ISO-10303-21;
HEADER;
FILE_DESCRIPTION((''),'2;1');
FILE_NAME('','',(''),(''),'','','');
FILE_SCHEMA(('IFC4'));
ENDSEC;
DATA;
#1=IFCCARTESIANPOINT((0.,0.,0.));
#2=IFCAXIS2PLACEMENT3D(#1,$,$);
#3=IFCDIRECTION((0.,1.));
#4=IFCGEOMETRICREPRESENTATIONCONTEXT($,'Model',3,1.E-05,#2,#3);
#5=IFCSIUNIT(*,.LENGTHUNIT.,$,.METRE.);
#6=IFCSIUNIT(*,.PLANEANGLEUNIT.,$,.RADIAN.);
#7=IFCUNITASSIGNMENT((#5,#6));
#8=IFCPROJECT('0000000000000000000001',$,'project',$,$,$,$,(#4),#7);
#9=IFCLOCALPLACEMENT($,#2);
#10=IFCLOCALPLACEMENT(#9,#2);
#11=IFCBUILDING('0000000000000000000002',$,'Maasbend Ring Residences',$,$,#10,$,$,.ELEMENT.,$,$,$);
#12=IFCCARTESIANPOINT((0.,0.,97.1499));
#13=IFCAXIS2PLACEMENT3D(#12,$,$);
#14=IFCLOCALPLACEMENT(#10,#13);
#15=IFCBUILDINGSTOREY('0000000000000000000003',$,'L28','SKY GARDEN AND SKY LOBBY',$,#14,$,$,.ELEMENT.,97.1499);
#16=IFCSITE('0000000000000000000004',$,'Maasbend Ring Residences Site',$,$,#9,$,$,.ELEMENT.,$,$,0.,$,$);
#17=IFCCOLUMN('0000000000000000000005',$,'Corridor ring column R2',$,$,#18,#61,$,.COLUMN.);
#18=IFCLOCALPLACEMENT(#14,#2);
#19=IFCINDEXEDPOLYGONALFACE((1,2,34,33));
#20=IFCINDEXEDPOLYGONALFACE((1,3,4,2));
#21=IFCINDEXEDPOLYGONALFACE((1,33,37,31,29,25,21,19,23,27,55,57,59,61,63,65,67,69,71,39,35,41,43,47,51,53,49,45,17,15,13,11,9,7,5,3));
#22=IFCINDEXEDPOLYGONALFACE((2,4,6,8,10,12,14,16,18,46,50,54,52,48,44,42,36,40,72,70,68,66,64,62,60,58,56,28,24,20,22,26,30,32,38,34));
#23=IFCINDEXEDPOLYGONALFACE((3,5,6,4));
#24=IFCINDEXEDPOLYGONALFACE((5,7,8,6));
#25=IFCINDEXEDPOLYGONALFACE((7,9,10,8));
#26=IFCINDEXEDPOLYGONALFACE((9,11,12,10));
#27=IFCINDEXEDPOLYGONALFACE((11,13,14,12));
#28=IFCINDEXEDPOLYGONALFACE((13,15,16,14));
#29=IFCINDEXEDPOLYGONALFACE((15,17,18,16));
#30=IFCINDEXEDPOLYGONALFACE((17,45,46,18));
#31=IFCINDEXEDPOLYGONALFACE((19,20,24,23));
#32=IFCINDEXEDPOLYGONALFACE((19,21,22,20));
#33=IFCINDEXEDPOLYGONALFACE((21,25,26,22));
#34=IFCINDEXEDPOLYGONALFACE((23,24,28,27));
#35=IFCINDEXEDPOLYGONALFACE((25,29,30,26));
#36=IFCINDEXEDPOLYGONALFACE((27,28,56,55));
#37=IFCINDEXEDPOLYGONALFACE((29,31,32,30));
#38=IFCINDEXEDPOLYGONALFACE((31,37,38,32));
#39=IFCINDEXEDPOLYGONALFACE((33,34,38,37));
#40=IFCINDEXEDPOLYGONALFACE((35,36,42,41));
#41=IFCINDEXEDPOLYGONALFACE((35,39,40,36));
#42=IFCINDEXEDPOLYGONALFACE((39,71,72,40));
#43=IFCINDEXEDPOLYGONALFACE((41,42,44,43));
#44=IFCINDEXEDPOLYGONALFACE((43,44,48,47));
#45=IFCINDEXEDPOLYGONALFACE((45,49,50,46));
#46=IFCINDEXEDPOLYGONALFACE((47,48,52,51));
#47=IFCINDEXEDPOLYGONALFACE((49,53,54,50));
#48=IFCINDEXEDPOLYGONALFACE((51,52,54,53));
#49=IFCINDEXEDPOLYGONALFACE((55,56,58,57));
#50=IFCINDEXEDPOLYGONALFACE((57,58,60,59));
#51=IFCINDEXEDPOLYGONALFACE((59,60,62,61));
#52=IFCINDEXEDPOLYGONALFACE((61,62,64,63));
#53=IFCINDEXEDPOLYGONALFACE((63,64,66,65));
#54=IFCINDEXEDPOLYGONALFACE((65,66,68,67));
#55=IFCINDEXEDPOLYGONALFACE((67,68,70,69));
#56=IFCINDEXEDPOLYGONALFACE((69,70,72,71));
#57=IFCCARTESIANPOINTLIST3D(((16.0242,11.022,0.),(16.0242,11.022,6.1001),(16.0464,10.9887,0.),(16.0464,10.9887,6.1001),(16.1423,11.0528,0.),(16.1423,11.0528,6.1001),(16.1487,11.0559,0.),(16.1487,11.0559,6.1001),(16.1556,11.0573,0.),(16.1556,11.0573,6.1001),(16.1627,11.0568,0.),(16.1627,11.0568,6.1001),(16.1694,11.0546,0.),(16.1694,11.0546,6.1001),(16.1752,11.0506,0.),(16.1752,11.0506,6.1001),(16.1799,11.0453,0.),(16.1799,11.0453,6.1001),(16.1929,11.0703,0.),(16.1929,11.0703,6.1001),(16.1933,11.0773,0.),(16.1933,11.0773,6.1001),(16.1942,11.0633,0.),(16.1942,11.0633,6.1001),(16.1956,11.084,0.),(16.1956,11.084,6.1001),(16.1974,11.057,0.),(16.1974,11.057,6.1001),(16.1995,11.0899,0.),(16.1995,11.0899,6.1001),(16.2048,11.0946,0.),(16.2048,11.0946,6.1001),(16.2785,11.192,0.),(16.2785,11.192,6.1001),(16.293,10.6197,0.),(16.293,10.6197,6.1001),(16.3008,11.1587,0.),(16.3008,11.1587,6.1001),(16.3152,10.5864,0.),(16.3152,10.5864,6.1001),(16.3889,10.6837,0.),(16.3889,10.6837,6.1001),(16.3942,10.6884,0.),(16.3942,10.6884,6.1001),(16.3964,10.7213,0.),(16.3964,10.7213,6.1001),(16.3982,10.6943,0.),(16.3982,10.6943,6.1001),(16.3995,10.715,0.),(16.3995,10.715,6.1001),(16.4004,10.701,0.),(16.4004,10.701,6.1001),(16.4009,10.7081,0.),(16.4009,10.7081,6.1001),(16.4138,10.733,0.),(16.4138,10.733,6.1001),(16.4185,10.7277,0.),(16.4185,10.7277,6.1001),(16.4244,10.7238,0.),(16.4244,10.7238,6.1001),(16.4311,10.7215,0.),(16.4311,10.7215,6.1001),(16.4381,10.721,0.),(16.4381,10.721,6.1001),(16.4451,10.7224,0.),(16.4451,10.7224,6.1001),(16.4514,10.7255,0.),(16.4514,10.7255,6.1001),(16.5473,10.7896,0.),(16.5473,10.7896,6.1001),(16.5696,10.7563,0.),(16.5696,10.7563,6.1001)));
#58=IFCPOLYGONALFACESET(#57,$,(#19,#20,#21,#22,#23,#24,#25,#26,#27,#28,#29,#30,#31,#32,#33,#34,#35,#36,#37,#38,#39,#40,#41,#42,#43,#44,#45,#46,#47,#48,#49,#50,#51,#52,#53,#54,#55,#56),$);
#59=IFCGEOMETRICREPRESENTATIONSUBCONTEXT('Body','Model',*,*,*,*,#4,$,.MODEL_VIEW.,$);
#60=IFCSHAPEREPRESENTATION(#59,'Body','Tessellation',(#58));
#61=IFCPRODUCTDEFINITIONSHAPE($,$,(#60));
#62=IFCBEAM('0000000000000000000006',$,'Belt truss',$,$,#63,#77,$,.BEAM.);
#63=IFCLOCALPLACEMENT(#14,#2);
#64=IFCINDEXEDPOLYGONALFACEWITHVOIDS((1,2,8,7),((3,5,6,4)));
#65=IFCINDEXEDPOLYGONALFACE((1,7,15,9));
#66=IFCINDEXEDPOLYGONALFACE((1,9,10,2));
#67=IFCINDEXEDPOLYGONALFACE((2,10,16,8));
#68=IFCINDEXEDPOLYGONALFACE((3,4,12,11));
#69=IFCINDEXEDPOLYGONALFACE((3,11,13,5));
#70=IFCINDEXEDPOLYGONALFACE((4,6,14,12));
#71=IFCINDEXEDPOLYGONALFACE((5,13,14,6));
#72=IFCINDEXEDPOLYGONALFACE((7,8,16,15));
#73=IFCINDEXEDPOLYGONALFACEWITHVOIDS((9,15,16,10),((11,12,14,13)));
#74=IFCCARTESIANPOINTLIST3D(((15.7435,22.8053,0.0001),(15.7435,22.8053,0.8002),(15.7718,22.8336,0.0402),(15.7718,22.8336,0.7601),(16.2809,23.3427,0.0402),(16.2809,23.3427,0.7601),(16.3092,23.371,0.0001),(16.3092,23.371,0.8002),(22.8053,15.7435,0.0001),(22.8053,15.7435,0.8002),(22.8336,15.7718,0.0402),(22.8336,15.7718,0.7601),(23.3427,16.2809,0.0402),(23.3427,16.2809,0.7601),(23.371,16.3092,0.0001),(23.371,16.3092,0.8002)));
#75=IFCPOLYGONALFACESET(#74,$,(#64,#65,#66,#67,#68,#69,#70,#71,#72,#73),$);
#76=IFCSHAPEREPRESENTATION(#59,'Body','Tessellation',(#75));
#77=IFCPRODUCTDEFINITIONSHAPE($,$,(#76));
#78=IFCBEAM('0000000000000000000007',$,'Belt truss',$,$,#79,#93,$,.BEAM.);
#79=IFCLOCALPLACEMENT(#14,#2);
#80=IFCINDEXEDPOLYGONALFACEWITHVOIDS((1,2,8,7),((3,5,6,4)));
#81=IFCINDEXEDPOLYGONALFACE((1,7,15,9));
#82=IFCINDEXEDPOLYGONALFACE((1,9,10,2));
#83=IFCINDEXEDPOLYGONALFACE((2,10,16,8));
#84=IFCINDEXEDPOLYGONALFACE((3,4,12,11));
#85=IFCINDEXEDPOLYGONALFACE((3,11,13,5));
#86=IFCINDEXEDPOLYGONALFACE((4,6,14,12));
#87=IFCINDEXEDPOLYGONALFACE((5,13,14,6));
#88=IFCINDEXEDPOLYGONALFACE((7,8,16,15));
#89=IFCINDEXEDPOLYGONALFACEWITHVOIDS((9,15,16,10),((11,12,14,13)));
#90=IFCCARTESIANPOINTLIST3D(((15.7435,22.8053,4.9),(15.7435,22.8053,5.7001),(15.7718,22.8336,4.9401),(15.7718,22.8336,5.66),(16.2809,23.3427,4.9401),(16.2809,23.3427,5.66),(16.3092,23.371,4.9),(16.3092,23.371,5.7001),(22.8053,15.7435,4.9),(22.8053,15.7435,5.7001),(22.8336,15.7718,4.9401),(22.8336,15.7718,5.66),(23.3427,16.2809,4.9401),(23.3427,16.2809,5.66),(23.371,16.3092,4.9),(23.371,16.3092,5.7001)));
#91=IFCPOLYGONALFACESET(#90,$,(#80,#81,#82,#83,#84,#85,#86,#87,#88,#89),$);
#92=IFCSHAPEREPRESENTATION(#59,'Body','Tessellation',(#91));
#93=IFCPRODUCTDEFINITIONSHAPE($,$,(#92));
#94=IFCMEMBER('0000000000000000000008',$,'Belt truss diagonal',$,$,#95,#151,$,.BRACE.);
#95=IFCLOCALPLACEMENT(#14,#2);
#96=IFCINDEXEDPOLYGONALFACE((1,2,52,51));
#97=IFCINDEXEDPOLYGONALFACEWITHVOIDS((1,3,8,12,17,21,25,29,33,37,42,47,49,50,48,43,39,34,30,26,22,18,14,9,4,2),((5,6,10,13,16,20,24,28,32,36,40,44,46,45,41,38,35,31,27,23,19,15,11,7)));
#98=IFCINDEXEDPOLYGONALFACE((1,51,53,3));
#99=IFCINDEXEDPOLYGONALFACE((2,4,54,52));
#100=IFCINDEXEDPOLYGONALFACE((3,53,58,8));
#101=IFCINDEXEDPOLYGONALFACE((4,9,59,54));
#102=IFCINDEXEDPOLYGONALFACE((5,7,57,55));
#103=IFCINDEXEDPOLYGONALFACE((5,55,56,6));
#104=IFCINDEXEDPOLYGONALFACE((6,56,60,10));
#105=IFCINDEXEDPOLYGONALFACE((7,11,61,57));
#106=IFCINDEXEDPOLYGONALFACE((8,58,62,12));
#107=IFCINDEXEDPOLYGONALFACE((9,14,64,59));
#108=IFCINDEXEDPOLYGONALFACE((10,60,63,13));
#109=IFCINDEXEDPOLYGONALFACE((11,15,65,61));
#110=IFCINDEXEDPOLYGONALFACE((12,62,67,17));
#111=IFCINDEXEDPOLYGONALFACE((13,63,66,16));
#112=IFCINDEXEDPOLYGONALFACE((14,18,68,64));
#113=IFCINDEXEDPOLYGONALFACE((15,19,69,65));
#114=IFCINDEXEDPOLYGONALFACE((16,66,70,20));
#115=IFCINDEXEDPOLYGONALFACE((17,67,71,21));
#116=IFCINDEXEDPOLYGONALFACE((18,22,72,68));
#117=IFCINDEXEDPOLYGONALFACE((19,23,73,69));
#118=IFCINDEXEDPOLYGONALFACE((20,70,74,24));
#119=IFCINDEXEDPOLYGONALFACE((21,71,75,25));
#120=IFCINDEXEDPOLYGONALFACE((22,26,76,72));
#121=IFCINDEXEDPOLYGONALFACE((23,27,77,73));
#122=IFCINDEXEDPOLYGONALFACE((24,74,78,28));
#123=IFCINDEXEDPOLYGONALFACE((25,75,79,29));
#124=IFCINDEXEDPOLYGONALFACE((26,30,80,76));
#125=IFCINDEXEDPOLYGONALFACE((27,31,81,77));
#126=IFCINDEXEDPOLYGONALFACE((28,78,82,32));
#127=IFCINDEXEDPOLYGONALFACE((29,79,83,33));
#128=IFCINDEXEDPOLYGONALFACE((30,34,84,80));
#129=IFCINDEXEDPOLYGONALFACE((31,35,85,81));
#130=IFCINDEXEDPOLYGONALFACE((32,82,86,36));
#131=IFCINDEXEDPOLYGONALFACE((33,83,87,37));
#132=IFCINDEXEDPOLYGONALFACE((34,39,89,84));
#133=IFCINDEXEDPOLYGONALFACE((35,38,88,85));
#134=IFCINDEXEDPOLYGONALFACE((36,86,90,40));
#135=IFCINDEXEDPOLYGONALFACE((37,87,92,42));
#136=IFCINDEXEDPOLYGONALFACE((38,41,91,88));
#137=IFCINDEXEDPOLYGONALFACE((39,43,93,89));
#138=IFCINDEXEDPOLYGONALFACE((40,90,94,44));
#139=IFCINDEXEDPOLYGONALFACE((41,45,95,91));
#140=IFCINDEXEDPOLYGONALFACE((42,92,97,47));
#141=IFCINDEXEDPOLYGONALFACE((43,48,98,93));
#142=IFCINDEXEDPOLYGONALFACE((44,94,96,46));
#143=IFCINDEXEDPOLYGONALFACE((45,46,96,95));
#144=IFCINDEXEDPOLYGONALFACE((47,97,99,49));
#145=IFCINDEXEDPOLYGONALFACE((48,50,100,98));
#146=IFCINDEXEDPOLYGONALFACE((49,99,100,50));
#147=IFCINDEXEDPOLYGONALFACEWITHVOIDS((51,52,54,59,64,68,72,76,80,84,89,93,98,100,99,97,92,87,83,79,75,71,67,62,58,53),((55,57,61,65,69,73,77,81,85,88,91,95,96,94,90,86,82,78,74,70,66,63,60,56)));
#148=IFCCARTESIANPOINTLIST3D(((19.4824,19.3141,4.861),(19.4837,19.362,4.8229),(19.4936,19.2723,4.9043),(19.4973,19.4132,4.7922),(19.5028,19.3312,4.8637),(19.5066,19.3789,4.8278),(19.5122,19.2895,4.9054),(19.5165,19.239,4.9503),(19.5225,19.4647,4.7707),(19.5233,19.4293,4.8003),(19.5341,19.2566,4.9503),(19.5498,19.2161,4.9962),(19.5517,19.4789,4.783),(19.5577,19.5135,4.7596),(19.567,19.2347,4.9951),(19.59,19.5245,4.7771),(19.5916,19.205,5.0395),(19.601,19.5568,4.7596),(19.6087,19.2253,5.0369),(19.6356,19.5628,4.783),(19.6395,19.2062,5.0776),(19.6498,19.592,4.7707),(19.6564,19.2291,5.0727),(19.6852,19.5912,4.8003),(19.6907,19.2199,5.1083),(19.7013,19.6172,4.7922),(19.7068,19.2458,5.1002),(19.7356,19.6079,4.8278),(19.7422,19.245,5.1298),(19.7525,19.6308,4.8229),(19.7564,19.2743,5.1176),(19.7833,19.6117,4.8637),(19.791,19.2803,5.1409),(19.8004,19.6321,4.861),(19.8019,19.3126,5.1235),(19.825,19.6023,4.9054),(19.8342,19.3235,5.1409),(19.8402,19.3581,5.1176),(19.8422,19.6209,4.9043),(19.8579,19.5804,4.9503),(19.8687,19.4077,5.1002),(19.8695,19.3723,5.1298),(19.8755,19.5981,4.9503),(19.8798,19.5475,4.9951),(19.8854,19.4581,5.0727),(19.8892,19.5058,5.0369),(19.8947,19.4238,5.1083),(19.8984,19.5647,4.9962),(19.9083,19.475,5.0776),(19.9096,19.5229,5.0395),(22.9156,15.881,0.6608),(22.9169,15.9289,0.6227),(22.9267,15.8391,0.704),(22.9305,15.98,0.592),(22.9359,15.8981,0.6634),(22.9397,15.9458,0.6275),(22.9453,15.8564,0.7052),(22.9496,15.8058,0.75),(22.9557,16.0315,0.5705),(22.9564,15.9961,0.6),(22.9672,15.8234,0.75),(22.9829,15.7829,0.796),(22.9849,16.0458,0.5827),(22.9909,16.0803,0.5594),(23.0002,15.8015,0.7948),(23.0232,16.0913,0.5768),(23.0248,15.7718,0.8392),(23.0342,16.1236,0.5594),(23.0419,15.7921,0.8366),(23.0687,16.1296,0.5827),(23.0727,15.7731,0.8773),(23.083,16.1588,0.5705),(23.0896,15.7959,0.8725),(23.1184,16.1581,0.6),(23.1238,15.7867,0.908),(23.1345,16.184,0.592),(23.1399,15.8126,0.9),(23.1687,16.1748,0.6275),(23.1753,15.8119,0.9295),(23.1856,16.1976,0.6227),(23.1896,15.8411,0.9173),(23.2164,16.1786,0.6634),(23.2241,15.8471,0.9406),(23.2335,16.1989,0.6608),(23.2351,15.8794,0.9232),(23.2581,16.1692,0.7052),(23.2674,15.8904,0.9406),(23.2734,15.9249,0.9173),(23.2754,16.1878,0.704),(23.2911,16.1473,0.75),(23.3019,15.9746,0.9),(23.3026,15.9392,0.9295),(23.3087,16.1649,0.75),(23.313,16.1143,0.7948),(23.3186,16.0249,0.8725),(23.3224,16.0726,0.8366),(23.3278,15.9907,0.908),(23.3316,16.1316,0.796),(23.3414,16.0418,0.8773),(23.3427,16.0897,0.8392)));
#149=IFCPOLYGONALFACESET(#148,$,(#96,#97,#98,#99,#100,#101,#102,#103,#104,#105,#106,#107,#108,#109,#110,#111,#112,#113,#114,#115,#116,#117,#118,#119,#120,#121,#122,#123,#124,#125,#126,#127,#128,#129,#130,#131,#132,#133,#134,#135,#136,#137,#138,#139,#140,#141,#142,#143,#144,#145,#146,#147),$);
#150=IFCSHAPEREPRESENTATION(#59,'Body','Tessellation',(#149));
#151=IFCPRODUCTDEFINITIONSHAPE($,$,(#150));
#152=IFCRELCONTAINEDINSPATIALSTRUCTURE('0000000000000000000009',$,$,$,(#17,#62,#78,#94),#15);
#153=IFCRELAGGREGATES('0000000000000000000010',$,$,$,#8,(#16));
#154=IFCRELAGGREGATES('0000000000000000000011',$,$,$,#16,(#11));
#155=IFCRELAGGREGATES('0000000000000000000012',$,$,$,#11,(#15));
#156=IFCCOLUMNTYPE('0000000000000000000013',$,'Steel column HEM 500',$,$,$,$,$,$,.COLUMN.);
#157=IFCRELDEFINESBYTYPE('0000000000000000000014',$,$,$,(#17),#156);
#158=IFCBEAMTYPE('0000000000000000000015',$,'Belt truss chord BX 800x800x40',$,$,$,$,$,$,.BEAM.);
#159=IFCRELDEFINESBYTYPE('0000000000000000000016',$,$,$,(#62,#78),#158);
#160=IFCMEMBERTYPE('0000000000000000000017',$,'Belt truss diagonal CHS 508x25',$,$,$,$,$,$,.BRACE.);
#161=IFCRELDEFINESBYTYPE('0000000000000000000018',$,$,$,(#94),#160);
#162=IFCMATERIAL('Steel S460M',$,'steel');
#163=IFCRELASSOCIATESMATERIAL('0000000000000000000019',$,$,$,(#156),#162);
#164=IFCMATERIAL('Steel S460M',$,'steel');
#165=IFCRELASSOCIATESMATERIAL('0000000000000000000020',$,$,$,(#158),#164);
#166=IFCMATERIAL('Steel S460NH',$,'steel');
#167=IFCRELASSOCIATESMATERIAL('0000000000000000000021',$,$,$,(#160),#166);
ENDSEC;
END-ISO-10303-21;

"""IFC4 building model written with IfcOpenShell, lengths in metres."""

from ifc_helpers import new_model, si_unit, direction, frame, origin, origin_2d, place, context, subcontext, project, spatial, hollow_rectangle, hollow_circle, i_section, extrude, material, material_profile, profile_set, type_object, element, save


model = new_model("IFC4")

# Units and contexts
model_context = context("Model", 3, precision=1e-05, world=origin(), true_north=direction((0.0, 1.0)))
body_context = subcontext(model_context, "Body", "Model", "MODEL_VIEW")
ifc_project = project(units=[si_unit("LENGTHUNIT", "METRE"), si_unit("PLANEANGLEUNIT", "RADIAN")], contexts=[model_context])

# Site, building, storey
site_placement = place(None, origin())
site = spatial("IfcSite", under=ifc_project, at=site_placement, Name="Maasbend Ring Residences Site", CompositionType="ELEMENT", RefElevation=0.0)
building_placement = place(site_placement, origin())
building = spatial("IfcBuilding", under=site, at=building_placement, Name="Maasbend Ring Residences", CompositionType="ELEMENT")
storey_placement = place(building_placement, frame((0.0, 0.0, 97.1499)))
storey = spatial("IfcBuildingStorey", under=building, at=storey_placement, Name="L28", Description="SKY GARDEN AND SKY LOBBY", CompositionType="ELEMENT", Elevation=97.1499)

# Column
ifc_material_1 = material(Name="Steel S460M", Category="steel")
ifc_material_profile_1 = material_profile(ifc_material_1, i_section(OverallWidth=0.3059, OverallDepth=0.5239, WebThickness=0.021, FlangeThickness=0.04, FilletRadius=0.0271, at=origin_2d()), Name="HEM 500")
ifc_profile_set_1 = profile_set([ifc_material_profile_1], Name="Steel S460M")
column_type_1 = type_object("IfcColumnType", Name="Steel column HEM 500", PredefinedType="COLUMN", material=ifc_profile_set_1)
column_placement = place(storey_placement, frame((16.2969, 10.8892, 0.0), z_axis=(0.0, 0.0, 1.0), x_axis=(0.83147, 0.55557, 0.0)))
element("IfcColumn", 1, at=column_placement, inside=storey, type_object=column_type_1, Name="Corridor ring column R2", PredefinedType="COLUMN", context=body_context, shape_type="SweptSolid", body=[
    extrude(i_section(OverallWidth=0.3059, OverallDepth=0.5239, WebThickness=0.021, FlangeThickness=0.04, FilletRadius=0.0271, at=origin_2d()), origin(), (0.0, 0.0, 1.0), 6.1001),
])

# Beams
ifc_material_2 = material(Name="Steel S460M", Category="steel")
ifc_material_profile_2 = material_profile(ifc_material_2, hollow_rectangle(XDim=0.8, YDim=0.8, WallThickness=0.04, at=origin_2d()), Name="Belt truss chord BX 800x800x40")
ifc_profile_set_2 = profile_set([ifc_material_profile_2], Name="Steel S460M")
beam_type_1 = type_object("IfcBeamType", Name="Belt truss chord BX 800x800x40", PredefinedType="BEAM", material=ifc_profile_set_2)
for number, where, z_axis, x_axis, name in (
    (2, (23.0881, 16.0264, 0.4001), (-0.707107, 0.707107, 0.0), (-0.707107, -0.707107, 0.0), "Belt truss"),
    (3, (23.0881, 16.0264, 5.3), (-0.707107, 0.707107, 0.0), (-0.707107, -0.707107, 0.0), "Belt truss"),
):
    element("IfcBeam", number, at=place(storey_placement, frame(where, z_axis=z_axis, x_axis=x_axis)), inside=storey, type_object=beam_type_1, Name=name, PredefinedType="BEAM", context=body_context, shape_type="SweptSolid", body=[
        extrude(hollow_rectangle(XDim=0.8, YDim=0.8, WallThickness=0.04, at=origin_2d()), origin(), (0.0, 0.0, 1.0), 9.9868),
    ])

# Member
ifc_material_3 = material(Name="Steel S460NH", Category="steel")
ifc_material_profile_3 = material_profile(ifc_material_3, hollow_circle(Radius=0.2539, WallThickness=0.0249, at=origin_2d()), Name="Belt truss diagonal CHS 508x25")
ifc_profile_set_3 = profile_set([ifc_material_profile_3], Name="Steel S460NH")
member_type_1 = type_object("IfcMemberType", Name="Belt truss diagonal CHS 508x25", PredefinedType="BRACE", material=ifc_profile_set_3)
for number, where, z_axis, x_axis, name in (
    (4, (23.1292, 15.9854, 0.75), (-0.534767, 0.534767, 0.654255), (-0.707107, -0.707107, 0.0), "Belt truss diagonal"),
):
    element("IfcMember", number, at=place(storey_placement, frame(where, z_axis=z_axis, x_axis=x_axis)), inside=storey, type_object=member_type_1, Name=name, PredefinedType="BRACE", context=body_context, shape_type="SweptSolid", body=[
        extrude(hollow_circle(Radius=0.2539, WallThickness=0.0249, at=origin_2d()), origin(), (0.0, 0.0, 1.0), 6.4199),
    ])

save(model, "model.ifc")
